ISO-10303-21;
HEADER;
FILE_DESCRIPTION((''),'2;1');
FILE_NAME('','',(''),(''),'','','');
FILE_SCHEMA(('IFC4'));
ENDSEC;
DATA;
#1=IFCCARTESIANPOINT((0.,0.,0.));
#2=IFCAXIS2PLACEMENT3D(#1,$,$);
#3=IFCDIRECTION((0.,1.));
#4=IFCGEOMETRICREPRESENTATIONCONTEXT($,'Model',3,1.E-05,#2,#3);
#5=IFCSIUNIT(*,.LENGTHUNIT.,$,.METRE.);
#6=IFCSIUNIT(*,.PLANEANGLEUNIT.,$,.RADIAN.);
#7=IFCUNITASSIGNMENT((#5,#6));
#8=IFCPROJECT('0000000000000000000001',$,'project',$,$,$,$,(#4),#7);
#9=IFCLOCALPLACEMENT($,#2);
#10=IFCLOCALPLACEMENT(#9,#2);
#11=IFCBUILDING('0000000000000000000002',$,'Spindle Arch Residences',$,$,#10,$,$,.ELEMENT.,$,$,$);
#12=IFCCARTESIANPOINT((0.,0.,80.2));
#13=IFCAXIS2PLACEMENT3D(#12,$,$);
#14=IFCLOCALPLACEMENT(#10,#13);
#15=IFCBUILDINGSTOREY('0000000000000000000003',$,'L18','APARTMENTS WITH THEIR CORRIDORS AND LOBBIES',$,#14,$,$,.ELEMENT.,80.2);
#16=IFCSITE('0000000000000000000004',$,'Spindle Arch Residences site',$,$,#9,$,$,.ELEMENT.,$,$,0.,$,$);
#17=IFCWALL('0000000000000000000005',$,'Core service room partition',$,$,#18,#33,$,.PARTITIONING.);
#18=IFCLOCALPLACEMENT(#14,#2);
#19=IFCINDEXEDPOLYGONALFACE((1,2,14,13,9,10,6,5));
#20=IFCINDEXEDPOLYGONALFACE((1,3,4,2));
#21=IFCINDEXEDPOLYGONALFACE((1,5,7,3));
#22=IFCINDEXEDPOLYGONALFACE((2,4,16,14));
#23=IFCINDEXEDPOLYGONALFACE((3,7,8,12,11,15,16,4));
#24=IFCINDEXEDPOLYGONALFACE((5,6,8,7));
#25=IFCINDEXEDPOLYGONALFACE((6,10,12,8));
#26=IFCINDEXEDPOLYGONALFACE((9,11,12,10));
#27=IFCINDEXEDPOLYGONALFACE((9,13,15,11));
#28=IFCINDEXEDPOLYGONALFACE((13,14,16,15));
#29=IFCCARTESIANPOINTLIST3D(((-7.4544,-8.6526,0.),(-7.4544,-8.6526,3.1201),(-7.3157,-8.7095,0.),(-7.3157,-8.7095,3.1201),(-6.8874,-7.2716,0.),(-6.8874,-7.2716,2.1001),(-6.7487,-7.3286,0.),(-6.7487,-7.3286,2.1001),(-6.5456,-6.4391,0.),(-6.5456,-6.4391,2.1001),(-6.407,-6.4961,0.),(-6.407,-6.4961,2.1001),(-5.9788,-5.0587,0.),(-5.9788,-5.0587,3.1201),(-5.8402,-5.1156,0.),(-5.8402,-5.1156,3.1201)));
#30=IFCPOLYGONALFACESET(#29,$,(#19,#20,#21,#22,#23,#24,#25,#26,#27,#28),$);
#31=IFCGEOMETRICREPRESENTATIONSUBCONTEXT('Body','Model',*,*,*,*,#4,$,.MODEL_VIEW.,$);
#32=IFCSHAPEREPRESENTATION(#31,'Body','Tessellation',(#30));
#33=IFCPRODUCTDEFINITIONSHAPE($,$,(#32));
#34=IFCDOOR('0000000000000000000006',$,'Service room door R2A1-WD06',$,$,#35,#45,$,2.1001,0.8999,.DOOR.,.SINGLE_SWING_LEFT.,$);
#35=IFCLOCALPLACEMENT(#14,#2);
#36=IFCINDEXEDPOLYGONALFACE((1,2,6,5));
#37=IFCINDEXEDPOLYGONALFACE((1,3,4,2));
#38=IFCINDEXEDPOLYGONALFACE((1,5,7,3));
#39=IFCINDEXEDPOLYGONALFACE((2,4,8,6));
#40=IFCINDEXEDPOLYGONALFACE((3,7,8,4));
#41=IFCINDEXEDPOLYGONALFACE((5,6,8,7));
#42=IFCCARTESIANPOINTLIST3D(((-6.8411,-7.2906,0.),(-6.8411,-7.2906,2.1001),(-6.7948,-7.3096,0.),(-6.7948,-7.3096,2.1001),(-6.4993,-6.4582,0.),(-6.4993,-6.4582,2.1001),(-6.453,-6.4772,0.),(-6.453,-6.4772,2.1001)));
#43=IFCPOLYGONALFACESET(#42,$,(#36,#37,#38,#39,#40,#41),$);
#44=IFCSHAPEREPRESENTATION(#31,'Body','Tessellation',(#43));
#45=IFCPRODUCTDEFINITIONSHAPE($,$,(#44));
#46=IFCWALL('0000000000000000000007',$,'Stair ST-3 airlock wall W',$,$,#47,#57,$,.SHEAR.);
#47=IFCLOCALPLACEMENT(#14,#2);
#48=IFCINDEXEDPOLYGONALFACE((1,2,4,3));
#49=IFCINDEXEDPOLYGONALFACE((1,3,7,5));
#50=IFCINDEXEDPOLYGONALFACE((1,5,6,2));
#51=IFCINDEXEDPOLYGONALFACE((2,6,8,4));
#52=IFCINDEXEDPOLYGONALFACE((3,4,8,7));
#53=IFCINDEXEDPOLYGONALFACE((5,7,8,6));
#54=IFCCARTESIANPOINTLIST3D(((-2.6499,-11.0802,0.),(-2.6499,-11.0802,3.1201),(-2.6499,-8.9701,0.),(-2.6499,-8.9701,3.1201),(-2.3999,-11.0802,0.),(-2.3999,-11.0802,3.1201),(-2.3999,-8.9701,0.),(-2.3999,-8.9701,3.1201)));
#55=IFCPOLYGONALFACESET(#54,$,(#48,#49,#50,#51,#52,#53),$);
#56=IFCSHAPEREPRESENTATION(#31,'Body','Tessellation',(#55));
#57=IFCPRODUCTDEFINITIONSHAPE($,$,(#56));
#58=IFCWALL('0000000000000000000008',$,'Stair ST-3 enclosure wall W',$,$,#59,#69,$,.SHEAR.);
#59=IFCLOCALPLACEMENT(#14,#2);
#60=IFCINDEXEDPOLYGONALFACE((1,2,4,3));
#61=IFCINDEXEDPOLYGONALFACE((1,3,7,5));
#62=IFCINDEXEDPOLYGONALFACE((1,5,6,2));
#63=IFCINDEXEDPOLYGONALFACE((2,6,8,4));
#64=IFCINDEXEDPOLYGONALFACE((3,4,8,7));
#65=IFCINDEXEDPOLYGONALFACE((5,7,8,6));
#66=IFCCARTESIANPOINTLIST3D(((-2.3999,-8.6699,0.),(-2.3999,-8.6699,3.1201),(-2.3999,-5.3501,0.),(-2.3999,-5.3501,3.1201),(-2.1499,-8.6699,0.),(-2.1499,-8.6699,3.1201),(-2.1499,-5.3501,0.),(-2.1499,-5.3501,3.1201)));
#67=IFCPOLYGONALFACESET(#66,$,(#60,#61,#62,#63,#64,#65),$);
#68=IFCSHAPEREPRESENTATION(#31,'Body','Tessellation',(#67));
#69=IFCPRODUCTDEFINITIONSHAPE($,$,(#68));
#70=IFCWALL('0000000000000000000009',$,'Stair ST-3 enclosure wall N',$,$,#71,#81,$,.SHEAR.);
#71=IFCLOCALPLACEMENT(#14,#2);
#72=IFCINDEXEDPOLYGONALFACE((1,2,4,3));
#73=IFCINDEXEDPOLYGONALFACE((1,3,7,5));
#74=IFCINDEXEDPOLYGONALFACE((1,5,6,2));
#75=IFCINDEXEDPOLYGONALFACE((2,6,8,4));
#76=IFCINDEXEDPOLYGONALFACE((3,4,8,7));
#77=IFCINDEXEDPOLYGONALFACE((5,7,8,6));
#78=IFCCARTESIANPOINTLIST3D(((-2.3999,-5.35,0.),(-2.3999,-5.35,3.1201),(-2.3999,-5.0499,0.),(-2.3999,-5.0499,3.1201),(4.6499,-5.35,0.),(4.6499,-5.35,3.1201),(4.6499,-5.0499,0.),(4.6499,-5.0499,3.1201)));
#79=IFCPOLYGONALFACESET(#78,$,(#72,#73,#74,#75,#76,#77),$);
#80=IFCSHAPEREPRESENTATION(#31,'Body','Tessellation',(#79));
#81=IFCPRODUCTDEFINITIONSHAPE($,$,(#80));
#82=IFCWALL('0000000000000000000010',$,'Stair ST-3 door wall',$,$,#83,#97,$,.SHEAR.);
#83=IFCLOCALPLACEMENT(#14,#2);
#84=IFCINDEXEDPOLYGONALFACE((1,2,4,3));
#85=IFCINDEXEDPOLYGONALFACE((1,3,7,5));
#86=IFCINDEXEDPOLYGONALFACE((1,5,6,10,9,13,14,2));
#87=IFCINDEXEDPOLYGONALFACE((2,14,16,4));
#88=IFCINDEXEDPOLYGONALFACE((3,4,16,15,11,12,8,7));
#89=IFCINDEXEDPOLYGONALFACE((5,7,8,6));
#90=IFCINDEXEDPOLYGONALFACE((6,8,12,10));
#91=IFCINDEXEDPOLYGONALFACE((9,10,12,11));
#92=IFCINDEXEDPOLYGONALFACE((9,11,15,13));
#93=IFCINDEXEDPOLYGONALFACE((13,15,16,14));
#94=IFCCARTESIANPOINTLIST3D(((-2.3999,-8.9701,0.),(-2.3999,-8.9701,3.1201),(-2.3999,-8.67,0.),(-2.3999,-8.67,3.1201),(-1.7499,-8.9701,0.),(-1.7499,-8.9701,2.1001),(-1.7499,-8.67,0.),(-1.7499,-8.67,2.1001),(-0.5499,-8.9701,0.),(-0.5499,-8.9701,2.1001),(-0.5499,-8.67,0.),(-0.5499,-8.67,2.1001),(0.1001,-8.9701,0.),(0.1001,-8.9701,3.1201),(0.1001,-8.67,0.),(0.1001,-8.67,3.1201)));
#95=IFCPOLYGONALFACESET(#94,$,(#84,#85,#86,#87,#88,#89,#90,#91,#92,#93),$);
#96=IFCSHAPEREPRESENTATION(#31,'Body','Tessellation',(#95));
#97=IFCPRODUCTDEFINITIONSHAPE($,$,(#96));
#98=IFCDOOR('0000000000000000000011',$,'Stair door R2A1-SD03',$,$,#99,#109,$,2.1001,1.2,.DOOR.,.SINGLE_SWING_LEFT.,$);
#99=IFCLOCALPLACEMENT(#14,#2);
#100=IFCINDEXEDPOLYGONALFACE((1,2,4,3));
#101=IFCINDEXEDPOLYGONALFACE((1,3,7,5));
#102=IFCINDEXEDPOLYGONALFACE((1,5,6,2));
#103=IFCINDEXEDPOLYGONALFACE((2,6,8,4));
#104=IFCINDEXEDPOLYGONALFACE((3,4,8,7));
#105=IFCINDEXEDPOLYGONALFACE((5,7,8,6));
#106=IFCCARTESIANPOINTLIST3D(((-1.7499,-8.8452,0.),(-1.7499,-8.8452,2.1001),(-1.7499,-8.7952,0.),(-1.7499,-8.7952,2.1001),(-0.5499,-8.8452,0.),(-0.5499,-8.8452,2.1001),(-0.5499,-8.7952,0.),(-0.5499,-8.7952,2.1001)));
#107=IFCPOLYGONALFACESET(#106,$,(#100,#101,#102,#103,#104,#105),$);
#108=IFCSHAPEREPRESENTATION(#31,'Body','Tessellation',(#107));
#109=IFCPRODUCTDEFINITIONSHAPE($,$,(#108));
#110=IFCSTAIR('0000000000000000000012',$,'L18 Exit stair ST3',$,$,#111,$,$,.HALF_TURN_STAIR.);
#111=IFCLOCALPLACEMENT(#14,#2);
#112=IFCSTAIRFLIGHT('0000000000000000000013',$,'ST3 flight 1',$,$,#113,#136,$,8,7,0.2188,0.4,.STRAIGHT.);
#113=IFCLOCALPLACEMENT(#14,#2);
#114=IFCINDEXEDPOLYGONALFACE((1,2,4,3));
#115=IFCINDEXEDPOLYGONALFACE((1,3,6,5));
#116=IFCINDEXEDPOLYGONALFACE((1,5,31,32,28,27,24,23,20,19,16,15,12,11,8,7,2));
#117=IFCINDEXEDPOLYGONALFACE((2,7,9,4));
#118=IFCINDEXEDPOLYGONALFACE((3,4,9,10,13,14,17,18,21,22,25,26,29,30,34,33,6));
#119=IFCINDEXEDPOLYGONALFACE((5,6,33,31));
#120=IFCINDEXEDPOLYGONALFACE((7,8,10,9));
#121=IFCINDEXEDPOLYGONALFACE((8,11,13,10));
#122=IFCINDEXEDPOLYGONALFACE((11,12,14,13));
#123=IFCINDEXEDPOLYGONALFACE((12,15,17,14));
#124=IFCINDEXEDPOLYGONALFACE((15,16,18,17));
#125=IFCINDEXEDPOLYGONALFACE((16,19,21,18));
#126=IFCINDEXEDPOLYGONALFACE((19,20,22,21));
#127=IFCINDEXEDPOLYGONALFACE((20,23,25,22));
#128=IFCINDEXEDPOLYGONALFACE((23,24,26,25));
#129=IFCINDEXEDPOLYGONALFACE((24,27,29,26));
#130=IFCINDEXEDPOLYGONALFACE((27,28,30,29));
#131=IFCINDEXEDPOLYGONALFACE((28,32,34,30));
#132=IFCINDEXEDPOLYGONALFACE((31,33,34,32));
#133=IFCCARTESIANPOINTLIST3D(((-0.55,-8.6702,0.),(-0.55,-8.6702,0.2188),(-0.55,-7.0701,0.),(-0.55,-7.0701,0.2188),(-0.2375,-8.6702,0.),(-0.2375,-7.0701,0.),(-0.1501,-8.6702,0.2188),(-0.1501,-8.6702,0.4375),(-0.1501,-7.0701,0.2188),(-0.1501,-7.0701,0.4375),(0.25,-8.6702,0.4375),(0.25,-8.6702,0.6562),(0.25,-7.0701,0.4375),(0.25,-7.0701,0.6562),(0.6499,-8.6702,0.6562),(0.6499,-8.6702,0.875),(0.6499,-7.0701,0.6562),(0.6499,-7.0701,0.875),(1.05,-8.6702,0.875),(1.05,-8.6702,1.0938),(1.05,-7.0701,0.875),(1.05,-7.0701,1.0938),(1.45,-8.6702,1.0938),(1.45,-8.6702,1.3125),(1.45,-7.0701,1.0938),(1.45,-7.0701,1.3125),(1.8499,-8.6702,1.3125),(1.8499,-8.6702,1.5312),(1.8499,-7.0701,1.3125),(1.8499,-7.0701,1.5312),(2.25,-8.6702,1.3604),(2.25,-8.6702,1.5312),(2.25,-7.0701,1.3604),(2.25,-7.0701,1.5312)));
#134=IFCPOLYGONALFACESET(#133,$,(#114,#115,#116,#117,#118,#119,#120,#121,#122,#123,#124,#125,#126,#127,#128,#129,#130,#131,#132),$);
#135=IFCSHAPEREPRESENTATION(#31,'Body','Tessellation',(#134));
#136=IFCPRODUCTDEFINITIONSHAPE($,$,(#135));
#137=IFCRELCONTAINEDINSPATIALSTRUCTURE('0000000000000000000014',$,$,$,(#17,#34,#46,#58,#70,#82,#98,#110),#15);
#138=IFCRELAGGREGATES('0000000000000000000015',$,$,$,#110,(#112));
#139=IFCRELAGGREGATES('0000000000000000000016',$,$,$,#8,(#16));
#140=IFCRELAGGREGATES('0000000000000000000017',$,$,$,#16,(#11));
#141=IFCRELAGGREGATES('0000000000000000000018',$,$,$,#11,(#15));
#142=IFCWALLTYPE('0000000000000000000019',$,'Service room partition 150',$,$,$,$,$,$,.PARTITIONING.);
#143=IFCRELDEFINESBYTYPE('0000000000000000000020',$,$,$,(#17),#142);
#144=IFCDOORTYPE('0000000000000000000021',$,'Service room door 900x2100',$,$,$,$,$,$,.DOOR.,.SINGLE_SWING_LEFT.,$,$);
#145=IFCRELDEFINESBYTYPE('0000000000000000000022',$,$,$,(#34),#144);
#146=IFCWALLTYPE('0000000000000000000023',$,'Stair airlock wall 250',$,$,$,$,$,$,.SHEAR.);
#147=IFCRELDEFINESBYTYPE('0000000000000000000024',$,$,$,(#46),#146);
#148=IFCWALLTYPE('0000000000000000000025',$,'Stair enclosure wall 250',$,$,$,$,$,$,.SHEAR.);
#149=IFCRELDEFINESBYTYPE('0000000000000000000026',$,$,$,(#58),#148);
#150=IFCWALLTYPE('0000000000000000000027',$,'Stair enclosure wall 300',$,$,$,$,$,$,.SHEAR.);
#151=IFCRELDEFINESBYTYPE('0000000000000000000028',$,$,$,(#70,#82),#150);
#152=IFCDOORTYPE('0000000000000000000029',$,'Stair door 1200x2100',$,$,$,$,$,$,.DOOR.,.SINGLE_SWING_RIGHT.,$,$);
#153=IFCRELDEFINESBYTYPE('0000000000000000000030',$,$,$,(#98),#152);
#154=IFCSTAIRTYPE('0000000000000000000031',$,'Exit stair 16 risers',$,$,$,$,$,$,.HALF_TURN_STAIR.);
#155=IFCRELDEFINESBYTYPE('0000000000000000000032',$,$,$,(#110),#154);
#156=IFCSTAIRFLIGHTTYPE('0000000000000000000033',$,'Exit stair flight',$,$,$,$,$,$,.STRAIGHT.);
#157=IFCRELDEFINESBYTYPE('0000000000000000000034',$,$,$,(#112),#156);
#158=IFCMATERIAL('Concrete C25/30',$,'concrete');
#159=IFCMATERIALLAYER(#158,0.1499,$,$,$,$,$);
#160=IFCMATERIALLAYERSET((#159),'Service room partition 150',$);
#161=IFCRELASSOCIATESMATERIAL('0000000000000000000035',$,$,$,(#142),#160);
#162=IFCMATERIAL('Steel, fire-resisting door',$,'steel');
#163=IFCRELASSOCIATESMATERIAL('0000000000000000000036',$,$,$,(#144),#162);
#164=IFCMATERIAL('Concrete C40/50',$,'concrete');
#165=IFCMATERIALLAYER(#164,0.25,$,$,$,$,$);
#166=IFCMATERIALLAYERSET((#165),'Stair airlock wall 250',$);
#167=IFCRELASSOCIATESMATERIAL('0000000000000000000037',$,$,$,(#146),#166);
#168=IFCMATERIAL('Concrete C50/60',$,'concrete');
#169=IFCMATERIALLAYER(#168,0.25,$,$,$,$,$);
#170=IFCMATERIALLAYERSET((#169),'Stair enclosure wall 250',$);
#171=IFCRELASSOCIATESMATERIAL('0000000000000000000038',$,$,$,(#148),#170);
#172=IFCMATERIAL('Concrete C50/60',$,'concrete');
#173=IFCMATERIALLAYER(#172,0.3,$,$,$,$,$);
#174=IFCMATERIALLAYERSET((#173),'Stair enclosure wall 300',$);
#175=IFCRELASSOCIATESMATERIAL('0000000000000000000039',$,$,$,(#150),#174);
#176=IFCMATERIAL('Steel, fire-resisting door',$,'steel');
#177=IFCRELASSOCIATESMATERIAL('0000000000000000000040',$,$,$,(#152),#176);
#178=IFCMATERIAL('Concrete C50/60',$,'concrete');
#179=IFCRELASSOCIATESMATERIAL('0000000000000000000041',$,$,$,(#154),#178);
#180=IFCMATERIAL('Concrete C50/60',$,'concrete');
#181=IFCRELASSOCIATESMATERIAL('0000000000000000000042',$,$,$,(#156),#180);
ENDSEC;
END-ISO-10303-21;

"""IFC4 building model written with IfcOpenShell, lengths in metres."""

from ifc_helpers import new_model, si_unit, direction, frame, frame_2d, origin, place, context, subcontext, project, spatial, polyline, rectangle, outline, extrude, material, layer, layer_set, type_object, element, fill, aggregate, save


model = new_model("IFC4")

# Units and contexts
model_context = context("Model", 3, precision=1e-05, world=origin(), true_north=direction((0.0, 1.0)))
body_context = subcontext(model_context, "Body", "Model", "MODEL_VIEW")
ifc_project = project(units=[si_unit("LENGTHUNIT", "METRE"), si_unit("PLANEANGLEUNIT", "RADIAN")], contexts=[model_context])

# Site, building, storey
site_placement = place(None, origin())
site = spatial("IfcSite", under=ifc_project, at=site_placement, Name="Spindle Arch Residences site", CompositionType="ELEMENT", RefElevation=0.0)
building_placement = place(site_placement, origin())
building = spatial("IfcBuilding", under=site, at=building_placement, Name="Spindle Arch Residences", CompositionType="ELEMENT")
storey_placement = place(building_placement, frame((0.0, 0.0, 80.2)))
storey = spatial("IfcBuildingStorey", under=building, at=storey_placement, Name="L18", Description="APARTMENTS WITH THEIR CORRIDORS AND LOBBIES", CompositionType="ELEMENT", Elevation=80.2)

# Wall, opening, door
ifc_material_1 = material(Name="Concrete C25/30", Category="concrete")
ifc_layer_1 = layer(ifc_material_1, 0.1499)
ifc_layer_set_1 = layer_set([ifc_layer_1], Name="Service room partition 150")
wall_type_1 = type_object("IfcWallType", Name="Service room partition 150", PredefinedType="PARTITIONING", material=ifc_layer_set_1)
wall_1_placement = place(storey_placement, frame((-7.385, -8.6809, 0.0), z_axis=(0.0, 0.0, 1.0), x_axis=(0.379805, 0.925067, 0.0)))
wall_1 = element("IfcWall", 1, at=wall_1_placement, inside=storey, type_object=wall_type_1, Name="Core service room partition", PredefinedType="PARTITIONING", context=body_context, shape_type="SweptSolid", body=[
    extrude(rectangle(XDim=3.885, YDim=0.1499, at=frame_2d((1.9424, 0.0))), origin(), (0.0, 0.0, 1.0), 3.1201),
])
opening_1_placement = place(wall_1_placement, frame((1.4927, 0.0, 0.0)))
opening_1 = element("IfcOpeningElement", 2, at=opening_1_placement, cuts=wall_1, PredefinedType="OPENING", context=body_context, shape_type="SweptSolid", body=[
    extrude(rectangle(XDim=0.8999, YDim=2.1001, at=frame_2d((0.45, 1.05))), frame((0.0, 0.085, 0.0), z_axis=(0.0, -1.0, 0.0), x_axis=(1.0, 0.0, 0.0)), (0.0, 0.0, 1.0), 0.1699),
])
ifc_material_2 = material(Name="Steel, fire-resisting door", Category="steel")
door_type_1 = type_object("IfcDoorType", Name="Service room door 900x2100", OperationType="SINGLE_SWING_LEFT", PredefinedType="DOOR", material=ifc_material_2)
door_1_placement = place(opening_1_placement, origin())
door_1 = element("IfcDoor", 3, at=door_1_placement, inside=storey, type_object=door_type_1, Name="Service room door R2A1-WD06", OperationType="SINGLE_SWING_LEFT", OverallHeight=2.1001, OverallWidth=0.8999, PredefinedType="DOOR", context=body_context, shape_type="SweptSolid", body=[
    extrude(rectangle(XDim=0.8999, YDim=2.1001, at=frame_2d((0.45, 1.05))), frame((0.0, 0.0249, 0.0), z_axis=(0.0, -1.0, 0.0), x_axis=(1.0, 0.0, 0.0)), (0.0, 0.0, 1.0), 0.05),
])
fill(opening_1, door_1)

# Walls
ifc_material_3 = material(Name="Concrete C40/50", Category="concrete")
ifc_layer_2 = layer(ifc_material_3, 0.25)
ifc_layer_set_2 = layer_set([ifc_layer_2], Name="Stair airlock wall 250")
wall_type_2 = type_object("IfcWallType", Name="Stair airlock wall 250", PredefinedType="SHEAR", material=ifc_layer_set_2)
wall_2_placement = place(storey_placement, frame((-2.5249, -8.97, 0.0), z_axis=(0.0, 0.0, 1.0), x_axis=(0.0, -1.0, 0.0)))
element("IfcWall", 4, at=wall_2_placement, inside=storey, type_object=wall_type_2, Name="Stair ST-3 airlock wall W", PredefinedType="SHEAR", context=body_context, shape_type="SweptSolid", body=[
    extrude(rectangle(XDim=2.1101, YDim=0.25, at=frame_2d((1.0552, 0.0))), origin(), (0.0, 0.0, 1.0), 3.1201),
])
ifc_material_4 = material(Name="Concrete C50/60", Category="concrete")
ifc_layer_3 = layer(ifc_material_4, 0.25)
ifc_layer_set_3 = layer_set([ifc_layer_3], Name="Stair enclosure wall 250")
wall_type_3 = type_object("IfcWallType", Name="Stair enclosure wall 250", PredefinedType="SHEAR", material=ifc_layer_set_3)
wall_3_placement = place(storey_placement, frame((-2.2749, -8.6699, 0.0), z_axis=(0.0, 0.0, 1.0), x_axis=(0.0, 1.0, 0.0)))
element("IfcWall", 5, at=wall_3_placement, inside=storey, type_object=wall_type_3, Name="Stair ST-3 enclosure wall W", PredefinedType="SHEAR", context=body_context, shape_type="SweptSolid", body=[
    extrude(rectangle(XDim=3.3198, YDim=0.25, at=frame_2d((1.6599, 0.0))), origin(), (0.0, 0.0, 1.0), 3.1201),
])
ifc_material_5 = material(Name="Concrete C50/60", Category="concrete")
ifc_layer_4 = layer(ifc_material_5, 0.3)
ifc_layer_set_4 = layer_set([ifc_layer_4], Name="Stair enclosure wall 300")
wall_type_4 = type_object("IfcWallType", Name="Stair enclosure wall 300", PredefinedType="SHEAR", material=ifc_layer_set_4)
wall_4_placement = place(storey_placement, frame((-2.3999, -5.2, 0.0), z_axis=(0.0, 0.0, 1.0), x_axis=(1.0, 0.0, 0.0)))
element("IfcWall", 6, at=wall_4_placement, inside=storey, type_object=wall_type_4, Name="Stair ST-3 enclosure wall N", PredefinedType="SHEAR", context=body_context, shape_type="SweptSolid", body=[
    extrude(rectangle(XDim=7.0498, YDim=0.3, at=frame_2d((3.5249, 0.0))), origin(), (0.0, 0.0, 1.0), 3.1201),
])

# Wall, opening, door
wall_5_placement = place(storey_placement, frame((-2.3999, -8.8201, 0.0), z_axis=(0.0, 0.0, 1.0), x_axis=(1.0, 0.0, 0.0)))
wall_5 = element("IfcWall", 7, at=wall_5_placement, inside=storey, type_object=wall_type_4, Name="Stair ST-3 door wall", PredefinedType="SHEAR", context=body_context, shape_type="SweptSolid", body=[
    extrude(rectangle(XDim=2.5, YDim=0.3, at=frame_2d((1.25, 0.0))), origin(), (0.0, 0.0, 1.0), 3.1201),
])
opening_2_placement = place(wall_5_placement, frame((0.6499, 0.0, 0.0)))
opening_2 = element("IfcOpeningElement", 8, at=opening_2_placement, cuts=wall_5, PredefinedType="OPENING", context=body_context, shape_type="SweptSolid", body=[
    extrude(rectangle(XDim=1.2, YDim=2.1001, at=frame_2d((0.6001, 1.05))), frame((0.0, 0.1602, 0.0), z_axis=(0.0, -1.0, 0.0), x_axis=(1.0, 0.0, 0.0)), (0.0, 0.0, 1.0), 0.3201),
])
ifc_material_6 = material(Name="Steel, fire-resisting door", Category="steel")
door_type_2 = type_object("IfcDoorType", Name="Stair door 1200x2100", OperationType="SINGLE_SWING_RIGHT", PredefinedType="DOOR", material=ifc_material_6)
door_2_placement = place(opening_2_placement, origin())
door_2 = element("IfcDoor", 9, at=door_2_placement, inside=storey, type_object=door_type_2, Name="Stair door R2A1-SD03", OperationType="SINGLE_SWING_LEFT", OverallHeight=2.1001, OverallWidth=1.2, PredefinedType="DOOR", context=body_context, shape_type="SweptSolid", body=[
    extrude(rectangle(XDim=1.2, YDim=2.1001, at=frame_2d((0.6001, 1.05))), frame((0.0, 0.0249, 0.0), z_axis=(0.0, -1.0, 0.0), x_axis=(1.0, 0.0, 0.0)), (0.0, 0.0, 1.0), 0.05),
])
fill(opening_2, door_2)

# Stair, stair flight
ifc_material_7 = material(Name="Concrete C50/60", Category="concrete")
stair_type = type_object("IfcStairType", Name="Exit stair 16 risers", PredefinedType="HALF_TURN_STAIR", material=ifc_material_7)
stair_placement = place(storey_placement, origin())
stair = element("IfcStair", 10, at=stair_placement, inside=storey, type_object=stair_type, Name="L18 Exit stair ST3", PredefinedType="HALF_TURN_STAIR")
ifc_material_8 = material(Name="Concrete C50/60", Category="concrete")
stair_flight_type = type_object("IfcStairFlightType", Name="Exit stair flight", PredefinedType="STRAIGHT", material=ifc_material_8)
stair_flight_placement = place(storey_placement, frame((-0.55, -7.8701, 0.0), z_axis=(0.0, 0.0, 1.0), x_axis=(1.0, 0.0, 0.0)))
stair_flight = element("IfcStairFlight", 11, at=stair_flight_placement, type_object=stair_flight_type, Name="ST3 flight 1", NumberOfRisers=8, NumberOfTreads=7, PredefinedType="STRAIGHT", RiserHeight=0.2188, TreadLength=0.4, context=body_context, shape_type="SweptSolid", body=[
    extrude(outline(polyline([(0.0, 0.0), (0.0, 0.2188), (0.3999, 0.2188), (0.3999, 0.4375), (0.8, 0.4375), (0.8, 0.6562), (1.2, 0.6562), (1.2, 0.875), (1.6001, 0.875), (1.6001, 1.0938), (2.0, 1.0938), (2.0, 1.3125), (2.3999, 1.3125), (2.3999, 1.5312), (2.8, 1.5312), (2.8, 1.75), (2.8, 1.3604), (0.3125, 0.0), (0.0, 0.0)])), frame((0.0, 0.8, 0.0), z_axis=(0.0, -1.0, 0.0), x_axis=(1.0, 0.0, 0.0)), (0.0, 0.0, 1.0), 1.6001),
])
aggregate(stair, [stair_flight])

save(model, "model.ifc")
